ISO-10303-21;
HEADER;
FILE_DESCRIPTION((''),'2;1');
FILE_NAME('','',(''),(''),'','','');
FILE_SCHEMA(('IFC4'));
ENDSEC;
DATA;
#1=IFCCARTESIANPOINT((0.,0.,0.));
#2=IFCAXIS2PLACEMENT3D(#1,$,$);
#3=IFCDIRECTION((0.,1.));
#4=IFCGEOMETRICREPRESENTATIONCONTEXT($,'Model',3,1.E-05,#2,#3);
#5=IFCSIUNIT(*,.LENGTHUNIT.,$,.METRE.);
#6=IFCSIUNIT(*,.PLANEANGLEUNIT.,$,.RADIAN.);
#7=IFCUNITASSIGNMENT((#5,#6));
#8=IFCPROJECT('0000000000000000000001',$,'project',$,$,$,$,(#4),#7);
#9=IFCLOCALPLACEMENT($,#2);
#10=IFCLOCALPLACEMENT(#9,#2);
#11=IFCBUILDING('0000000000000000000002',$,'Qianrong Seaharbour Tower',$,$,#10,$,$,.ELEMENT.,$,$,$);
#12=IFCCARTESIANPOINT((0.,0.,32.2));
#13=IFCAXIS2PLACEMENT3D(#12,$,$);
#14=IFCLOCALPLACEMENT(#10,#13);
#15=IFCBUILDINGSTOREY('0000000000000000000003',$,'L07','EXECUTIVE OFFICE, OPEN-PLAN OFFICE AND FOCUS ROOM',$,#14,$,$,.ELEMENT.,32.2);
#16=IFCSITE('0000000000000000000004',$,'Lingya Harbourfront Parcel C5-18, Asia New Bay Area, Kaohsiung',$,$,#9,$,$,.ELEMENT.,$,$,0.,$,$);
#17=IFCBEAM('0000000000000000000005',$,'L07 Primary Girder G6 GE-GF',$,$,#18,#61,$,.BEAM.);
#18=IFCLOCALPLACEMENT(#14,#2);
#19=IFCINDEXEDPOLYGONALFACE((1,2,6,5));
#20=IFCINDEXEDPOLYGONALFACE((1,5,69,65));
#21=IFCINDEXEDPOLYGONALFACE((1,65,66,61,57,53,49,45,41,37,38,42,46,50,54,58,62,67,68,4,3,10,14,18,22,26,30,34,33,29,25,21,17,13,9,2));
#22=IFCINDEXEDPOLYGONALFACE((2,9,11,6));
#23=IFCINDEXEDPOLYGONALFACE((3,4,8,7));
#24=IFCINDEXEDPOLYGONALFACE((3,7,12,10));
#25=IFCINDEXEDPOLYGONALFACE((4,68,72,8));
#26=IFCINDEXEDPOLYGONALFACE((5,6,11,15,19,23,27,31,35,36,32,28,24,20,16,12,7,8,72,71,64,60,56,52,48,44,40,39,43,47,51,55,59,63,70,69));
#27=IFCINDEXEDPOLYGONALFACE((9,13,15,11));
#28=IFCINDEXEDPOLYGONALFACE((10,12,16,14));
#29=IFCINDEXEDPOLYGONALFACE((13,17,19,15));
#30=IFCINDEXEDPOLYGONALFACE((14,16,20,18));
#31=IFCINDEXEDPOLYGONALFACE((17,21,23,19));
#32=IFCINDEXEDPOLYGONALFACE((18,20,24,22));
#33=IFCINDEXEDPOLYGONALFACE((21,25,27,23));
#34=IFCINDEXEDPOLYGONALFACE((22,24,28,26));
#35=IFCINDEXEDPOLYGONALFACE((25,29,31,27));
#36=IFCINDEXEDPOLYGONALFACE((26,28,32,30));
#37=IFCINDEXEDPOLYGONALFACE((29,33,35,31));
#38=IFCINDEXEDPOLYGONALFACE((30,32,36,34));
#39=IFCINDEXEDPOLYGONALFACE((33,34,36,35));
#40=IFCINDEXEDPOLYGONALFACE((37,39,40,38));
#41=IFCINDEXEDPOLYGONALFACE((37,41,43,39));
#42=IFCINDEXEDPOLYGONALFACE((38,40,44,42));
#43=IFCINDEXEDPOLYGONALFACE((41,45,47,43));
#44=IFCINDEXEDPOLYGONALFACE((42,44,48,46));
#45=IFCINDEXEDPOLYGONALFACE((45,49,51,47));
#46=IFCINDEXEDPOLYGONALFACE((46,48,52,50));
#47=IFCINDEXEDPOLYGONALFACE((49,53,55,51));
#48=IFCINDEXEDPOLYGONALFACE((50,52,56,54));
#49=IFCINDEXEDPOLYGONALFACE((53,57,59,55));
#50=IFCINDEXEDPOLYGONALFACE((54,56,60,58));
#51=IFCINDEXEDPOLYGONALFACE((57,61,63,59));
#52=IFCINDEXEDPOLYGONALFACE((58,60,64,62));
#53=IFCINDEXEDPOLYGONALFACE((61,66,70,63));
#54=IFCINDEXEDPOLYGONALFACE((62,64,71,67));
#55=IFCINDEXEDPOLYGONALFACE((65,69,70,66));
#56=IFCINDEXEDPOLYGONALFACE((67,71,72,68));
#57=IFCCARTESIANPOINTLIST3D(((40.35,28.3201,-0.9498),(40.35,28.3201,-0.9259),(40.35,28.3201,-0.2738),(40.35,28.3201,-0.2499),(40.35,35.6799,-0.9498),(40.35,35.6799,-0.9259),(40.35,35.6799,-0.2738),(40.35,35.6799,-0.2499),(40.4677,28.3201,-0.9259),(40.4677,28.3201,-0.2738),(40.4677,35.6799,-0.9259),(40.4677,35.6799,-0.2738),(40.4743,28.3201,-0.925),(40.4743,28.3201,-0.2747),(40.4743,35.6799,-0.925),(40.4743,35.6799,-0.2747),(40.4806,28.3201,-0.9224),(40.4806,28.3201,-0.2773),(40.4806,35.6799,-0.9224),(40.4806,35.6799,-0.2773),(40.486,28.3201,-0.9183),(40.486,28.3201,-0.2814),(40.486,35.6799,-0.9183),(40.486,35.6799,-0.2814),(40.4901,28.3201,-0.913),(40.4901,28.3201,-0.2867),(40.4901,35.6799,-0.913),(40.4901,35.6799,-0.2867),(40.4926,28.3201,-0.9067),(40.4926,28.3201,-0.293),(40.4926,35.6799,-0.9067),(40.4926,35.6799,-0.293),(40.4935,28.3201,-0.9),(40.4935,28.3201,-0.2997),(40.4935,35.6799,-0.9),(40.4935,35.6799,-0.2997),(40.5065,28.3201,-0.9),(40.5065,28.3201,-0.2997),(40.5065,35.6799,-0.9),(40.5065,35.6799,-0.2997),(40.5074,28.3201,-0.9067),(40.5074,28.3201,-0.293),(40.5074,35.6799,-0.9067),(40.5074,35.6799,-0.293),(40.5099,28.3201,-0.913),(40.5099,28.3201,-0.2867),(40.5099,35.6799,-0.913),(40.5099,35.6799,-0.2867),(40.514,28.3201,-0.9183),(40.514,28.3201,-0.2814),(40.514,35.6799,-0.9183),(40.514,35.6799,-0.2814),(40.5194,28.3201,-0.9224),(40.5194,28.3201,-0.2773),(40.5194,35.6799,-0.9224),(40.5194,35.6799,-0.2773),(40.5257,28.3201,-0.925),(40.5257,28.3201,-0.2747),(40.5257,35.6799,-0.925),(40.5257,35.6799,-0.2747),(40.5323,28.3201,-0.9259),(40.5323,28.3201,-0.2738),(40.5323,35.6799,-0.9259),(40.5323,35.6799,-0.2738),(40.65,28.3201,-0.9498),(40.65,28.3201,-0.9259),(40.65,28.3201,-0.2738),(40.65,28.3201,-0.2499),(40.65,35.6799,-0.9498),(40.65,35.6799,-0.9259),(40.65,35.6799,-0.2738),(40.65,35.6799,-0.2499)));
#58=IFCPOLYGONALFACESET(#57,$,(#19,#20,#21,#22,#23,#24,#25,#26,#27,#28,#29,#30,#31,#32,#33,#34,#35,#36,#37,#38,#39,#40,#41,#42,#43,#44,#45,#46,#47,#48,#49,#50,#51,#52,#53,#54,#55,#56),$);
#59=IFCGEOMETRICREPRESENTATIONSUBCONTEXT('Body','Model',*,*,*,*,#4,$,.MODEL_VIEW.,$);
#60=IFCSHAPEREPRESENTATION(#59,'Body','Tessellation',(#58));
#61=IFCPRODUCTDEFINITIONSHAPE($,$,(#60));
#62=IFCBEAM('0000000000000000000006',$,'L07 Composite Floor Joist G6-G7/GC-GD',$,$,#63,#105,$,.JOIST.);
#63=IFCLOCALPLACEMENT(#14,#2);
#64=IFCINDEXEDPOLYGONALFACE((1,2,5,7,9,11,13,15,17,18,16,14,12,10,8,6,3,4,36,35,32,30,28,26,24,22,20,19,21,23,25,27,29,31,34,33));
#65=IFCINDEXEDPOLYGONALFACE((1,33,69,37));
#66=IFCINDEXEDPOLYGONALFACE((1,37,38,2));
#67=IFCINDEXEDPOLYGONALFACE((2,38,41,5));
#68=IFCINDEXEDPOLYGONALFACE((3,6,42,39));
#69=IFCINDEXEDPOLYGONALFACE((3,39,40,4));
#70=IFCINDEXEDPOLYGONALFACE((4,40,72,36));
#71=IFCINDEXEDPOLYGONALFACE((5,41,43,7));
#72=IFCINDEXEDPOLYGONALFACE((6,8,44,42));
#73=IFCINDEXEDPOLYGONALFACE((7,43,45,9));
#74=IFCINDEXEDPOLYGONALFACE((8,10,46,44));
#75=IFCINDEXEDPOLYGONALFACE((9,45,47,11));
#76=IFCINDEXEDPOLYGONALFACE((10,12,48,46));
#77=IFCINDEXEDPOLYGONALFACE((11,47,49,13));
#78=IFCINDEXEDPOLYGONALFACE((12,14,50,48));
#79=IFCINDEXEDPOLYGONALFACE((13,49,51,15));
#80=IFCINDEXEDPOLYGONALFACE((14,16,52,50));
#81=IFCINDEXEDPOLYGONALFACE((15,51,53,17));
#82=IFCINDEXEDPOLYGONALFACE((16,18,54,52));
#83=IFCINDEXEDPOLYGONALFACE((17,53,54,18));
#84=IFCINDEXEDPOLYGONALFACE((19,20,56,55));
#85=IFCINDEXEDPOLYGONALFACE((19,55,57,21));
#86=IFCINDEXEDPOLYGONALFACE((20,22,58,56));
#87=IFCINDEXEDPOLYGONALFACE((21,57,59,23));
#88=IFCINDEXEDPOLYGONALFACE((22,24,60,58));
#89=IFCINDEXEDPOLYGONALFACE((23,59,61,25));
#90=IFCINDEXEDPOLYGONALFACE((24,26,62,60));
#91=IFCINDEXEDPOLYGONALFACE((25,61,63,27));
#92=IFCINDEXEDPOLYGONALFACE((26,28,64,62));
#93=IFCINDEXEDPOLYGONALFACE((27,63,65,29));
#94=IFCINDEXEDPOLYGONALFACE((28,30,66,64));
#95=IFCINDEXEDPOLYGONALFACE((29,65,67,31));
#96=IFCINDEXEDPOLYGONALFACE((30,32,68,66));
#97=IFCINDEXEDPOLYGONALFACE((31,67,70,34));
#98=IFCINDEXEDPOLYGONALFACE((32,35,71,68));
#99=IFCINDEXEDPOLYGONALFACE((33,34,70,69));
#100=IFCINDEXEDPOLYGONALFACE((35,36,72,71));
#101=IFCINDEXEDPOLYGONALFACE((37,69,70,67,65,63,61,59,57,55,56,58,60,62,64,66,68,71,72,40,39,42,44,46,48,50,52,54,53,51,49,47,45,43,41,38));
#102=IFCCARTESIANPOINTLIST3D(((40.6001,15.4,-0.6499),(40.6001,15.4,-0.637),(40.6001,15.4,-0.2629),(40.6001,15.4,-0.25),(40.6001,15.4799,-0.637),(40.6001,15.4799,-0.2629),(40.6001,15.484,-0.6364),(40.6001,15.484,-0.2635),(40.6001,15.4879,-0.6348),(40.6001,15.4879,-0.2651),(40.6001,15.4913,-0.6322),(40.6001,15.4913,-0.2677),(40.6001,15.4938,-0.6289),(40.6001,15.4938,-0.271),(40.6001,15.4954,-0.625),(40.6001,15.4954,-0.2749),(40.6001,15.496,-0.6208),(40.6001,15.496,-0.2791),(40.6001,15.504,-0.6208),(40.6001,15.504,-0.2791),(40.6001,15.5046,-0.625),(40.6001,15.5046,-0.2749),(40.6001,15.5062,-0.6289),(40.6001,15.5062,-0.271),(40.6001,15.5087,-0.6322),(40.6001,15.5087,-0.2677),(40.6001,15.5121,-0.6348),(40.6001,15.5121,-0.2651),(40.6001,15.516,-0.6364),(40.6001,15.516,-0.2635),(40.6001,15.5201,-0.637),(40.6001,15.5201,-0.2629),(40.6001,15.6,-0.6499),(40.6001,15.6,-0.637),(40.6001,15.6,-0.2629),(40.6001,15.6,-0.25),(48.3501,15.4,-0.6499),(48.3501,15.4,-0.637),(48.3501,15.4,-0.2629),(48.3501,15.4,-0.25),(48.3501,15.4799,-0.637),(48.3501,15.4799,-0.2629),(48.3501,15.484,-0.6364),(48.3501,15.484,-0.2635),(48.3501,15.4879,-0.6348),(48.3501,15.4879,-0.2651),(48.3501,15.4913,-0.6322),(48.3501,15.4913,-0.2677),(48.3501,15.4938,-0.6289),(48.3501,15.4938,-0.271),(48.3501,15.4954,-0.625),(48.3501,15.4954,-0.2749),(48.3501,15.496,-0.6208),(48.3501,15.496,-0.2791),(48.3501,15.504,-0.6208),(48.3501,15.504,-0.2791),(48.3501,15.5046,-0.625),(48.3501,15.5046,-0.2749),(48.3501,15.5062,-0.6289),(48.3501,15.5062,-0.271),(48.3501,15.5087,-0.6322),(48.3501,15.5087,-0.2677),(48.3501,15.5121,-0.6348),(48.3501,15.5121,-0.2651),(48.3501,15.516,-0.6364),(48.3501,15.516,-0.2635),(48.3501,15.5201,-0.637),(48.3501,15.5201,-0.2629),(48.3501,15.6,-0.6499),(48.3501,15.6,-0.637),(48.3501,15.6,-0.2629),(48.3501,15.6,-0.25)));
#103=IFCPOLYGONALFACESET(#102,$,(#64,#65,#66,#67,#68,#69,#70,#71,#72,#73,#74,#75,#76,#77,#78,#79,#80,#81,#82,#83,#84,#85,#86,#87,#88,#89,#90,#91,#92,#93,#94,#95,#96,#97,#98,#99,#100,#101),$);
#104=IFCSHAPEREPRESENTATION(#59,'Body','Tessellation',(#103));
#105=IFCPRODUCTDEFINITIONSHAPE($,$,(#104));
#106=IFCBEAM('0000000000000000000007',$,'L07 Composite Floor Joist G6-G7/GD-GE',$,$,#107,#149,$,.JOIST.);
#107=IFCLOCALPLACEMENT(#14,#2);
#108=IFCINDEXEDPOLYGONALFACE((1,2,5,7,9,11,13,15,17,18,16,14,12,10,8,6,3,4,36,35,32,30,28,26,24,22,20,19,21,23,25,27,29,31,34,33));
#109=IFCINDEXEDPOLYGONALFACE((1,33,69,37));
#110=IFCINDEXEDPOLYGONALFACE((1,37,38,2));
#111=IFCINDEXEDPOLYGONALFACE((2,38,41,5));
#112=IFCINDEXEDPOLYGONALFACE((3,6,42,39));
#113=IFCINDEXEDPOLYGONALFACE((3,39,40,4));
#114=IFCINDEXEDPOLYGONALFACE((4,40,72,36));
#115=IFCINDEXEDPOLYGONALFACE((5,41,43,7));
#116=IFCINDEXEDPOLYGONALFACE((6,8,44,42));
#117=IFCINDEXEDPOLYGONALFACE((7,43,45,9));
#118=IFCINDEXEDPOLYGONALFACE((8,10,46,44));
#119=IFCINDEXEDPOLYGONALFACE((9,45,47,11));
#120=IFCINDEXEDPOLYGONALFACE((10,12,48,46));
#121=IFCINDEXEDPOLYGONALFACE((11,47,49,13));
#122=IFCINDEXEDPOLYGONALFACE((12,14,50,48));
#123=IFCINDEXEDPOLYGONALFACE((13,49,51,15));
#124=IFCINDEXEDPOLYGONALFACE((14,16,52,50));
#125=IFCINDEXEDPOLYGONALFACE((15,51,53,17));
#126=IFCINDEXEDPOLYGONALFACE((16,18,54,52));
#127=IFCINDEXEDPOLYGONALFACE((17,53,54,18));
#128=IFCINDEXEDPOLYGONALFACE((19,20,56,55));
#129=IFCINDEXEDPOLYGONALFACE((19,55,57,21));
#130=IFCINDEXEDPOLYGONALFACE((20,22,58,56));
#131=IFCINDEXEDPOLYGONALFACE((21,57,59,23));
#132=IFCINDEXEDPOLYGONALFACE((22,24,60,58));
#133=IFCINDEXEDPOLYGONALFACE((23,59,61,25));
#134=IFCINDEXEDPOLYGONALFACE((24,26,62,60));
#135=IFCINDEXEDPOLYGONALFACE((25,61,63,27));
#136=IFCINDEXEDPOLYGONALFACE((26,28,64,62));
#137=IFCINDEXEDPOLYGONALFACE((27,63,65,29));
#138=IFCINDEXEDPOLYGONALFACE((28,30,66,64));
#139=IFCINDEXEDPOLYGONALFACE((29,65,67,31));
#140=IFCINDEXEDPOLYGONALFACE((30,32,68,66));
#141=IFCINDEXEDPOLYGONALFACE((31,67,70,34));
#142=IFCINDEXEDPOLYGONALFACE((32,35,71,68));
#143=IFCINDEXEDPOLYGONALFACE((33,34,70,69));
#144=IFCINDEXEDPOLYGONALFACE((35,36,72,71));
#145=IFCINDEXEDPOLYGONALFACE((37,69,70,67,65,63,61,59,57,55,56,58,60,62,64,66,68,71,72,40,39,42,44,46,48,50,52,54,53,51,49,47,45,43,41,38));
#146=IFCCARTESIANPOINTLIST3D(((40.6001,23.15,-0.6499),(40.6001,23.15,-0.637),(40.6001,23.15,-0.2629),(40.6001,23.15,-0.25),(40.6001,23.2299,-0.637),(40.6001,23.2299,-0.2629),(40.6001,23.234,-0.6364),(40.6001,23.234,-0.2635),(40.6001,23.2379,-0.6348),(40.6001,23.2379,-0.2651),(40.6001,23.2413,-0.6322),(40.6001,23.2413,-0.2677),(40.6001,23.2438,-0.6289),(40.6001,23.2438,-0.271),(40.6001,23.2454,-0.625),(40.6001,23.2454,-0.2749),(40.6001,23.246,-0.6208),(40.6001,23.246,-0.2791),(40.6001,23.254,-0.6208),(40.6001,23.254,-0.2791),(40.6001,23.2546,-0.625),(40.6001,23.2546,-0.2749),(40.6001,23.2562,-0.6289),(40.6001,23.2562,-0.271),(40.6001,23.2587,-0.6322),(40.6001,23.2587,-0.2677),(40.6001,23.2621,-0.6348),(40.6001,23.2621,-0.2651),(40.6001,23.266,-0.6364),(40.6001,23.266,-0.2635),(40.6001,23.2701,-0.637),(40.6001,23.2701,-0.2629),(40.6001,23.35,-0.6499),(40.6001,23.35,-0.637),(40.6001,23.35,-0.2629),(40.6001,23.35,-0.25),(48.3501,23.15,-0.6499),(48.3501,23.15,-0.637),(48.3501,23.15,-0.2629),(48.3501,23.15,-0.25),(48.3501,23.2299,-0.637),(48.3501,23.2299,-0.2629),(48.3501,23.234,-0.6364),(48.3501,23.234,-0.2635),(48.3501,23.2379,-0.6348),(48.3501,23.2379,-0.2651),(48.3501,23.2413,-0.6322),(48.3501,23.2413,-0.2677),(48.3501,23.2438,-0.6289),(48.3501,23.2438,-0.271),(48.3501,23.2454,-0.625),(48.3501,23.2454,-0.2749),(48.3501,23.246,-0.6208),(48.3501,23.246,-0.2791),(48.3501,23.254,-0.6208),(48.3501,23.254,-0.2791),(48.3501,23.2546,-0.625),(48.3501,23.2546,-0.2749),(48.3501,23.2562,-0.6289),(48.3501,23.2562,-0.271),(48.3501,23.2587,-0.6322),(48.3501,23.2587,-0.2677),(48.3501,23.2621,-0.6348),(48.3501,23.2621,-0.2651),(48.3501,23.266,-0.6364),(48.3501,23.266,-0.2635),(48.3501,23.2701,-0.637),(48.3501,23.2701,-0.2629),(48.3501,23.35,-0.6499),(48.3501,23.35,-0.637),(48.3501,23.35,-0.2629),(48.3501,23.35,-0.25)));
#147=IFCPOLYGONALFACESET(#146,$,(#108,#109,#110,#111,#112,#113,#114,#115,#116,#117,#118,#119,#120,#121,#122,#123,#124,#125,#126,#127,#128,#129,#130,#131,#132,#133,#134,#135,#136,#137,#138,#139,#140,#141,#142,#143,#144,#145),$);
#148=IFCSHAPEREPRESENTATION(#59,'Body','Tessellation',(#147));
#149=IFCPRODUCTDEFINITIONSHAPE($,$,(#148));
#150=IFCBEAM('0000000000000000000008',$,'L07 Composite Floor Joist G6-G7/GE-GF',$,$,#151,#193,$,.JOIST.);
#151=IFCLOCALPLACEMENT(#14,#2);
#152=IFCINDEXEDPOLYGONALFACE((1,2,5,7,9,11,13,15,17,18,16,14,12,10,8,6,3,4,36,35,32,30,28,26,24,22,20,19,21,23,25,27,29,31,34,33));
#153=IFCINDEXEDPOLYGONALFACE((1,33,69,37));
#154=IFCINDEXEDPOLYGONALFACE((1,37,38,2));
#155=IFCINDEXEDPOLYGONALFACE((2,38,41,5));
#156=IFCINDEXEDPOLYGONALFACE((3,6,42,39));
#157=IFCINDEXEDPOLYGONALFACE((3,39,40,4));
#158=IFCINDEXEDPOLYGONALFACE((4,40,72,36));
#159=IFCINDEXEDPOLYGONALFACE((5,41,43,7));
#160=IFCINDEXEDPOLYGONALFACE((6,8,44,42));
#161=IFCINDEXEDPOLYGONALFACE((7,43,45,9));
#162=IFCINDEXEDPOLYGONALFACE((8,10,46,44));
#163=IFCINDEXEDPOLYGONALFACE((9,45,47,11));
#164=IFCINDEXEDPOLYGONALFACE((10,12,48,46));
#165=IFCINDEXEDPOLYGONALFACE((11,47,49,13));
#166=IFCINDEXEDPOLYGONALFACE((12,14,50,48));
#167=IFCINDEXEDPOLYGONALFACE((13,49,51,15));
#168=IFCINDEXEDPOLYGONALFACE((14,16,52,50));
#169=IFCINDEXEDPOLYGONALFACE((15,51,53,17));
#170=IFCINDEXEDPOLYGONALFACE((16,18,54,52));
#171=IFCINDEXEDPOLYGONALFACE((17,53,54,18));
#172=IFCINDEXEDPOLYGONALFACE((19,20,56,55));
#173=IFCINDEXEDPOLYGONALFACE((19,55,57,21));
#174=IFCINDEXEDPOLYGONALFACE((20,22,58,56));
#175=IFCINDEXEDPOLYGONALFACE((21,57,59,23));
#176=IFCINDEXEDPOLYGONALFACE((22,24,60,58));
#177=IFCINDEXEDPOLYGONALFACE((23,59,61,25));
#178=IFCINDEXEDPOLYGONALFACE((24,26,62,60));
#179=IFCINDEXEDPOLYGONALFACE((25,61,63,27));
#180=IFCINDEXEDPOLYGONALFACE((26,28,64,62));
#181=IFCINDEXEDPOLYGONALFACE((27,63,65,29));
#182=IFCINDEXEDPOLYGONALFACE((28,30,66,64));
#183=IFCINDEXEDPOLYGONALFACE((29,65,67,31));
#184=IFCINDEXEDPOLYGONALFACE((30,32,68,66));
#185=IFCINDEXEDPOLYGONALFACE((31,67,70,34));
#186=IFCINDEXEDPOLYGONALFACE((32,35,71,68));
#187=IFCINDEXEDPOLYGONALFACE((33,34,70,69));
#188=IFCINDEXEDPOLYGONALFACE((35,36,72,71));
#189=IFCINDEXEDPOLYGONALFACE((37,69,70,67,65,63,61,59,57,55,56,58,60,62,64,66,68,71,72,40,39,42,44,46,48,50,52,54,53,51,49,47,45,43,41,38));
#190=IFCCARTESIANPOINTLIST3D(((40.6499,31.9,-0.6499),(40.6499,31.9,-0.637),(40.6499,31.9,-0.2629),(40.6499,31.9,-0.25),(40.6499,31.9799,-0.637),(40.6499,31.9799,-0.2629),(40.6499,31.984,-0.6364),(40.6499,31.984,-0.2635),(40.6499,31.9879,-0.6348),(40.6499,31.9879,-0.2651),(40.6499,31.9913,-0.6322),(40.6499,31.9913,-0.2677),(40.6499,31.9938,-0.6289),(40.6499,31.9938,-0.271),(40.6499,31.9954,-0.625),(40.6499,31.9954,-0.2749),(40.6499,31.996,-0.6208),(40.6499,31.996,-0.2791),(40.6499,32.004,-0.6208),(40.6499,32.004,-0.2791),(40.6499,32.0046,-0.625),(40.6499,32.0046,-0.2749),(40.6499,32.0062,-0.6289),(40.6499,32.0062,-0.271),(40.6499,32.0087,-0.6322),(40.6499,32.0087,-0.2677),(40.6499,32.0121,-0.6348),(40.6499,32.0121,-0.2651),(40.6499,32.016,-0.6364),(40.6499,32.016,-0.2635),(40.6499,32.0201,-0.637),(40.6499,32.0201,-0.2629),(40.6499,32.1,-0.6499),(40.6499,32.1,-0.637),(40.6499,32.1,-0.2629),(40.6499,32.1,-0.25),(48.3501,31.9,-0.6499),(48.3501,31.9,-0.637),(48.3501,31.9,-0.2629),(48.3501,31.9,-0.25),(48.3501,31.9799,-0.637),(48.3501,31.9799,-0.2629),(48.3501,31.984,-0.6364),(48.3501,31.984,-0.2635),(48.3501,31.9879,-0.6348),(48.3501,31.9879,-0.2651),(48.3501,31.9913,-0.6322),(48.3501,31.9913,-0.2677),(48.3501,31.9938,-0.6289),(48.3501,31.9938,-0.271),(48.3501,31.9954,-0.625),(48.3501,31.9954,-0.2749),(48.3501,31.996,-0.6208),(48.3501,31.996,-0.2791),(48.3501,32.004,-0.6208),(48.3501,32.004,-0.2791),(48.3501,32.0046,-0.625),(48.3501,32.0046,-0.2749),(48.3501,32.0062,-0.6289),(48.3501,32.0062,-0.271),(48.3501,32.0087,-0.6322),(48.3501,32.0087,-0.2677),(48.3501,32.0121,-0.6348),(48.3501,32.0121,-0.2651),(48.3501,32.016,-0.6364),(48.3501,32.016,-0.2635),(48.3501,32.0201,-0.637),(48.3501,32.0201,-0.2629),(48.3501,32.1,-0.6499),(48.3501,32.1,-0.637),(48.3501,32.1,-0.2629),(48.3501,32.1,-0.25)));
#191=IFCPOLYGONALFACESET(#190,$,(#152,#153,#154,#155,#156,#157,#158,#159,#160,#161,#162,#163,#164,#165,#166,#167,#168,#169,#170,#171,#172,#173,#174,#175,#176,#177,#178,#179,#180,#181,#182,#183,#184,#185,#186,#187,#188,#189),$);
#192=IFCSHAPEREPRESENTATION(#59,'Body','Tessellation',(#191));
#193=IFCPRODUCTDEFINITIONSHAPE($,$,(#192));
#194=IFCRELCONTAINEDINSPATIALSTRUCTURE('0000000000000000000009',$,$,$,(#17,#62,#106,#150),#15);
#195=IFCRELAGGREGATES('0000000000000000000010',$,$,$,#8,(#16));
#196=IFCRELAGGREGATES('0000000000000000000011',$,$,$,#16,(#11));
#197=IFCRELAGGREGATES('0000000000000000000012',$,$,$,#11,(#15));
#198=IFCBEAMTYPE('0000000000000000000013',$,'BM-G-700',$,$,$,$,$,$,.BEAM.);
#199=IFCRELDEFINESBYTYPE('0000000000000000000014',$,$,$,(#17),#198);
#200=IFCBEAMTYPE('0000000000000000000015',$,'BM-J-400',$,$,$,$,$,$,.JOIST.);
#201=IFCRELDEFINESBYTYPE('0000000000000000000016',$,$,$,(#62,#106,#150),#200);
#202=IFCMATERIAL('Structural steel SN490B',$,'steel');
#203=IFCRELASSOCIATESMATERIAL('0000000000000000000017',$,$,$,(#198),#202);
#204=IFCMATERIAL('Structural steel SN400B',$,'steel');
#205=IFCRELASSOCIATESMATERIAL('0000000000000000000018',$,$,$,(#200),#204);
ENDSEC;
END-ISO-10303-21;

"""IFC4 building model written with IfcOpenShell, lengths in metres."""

from ifc_helpers import new_model, si_unit, direction, frame, origin, origin_2d, place, context, subcontext, project, spatial, i_section, extrude, material, material_profile, profile_set, type_object, element, save


model = new_model("IFC4")

# Units and contexts
model_context = context("Model", 3, precision=1e-05, world=origin(), true_north=direction((0.0, 1.0)))
body_context = subcontext(model_context, "Body", "Model", "MODEL_VIEW")
ifc_project = project(units=[si_unit("LENGTHUNIT", "METRE"), si_unit("PLANEANGLEUNIT", "RADIAN")], contexts=[model_context])

# Site, building, storey
site_placement = place(None, origin())
site = spatial("IfcSite", under=ifc_project, at=site_placement, Name="Lingya Harbourfront Parcel C5-18, Asia New Bay Area, Kaohsiung", CompositionType="ELEMENT", RefElevation=0.0)
building_placement = place(site_placement, origin())
building = spatial("IfcBuilding", under=site, at=building_placement, Name="Qianrong Seaharbour Tower", CompositionType="ELEMENT")
storey_placement = place(building_placement, frame((0.0, 0.0, 32.2)))
storey = spatial("IfcBuildingStorey", under=building, at=storey_placement, Name="L07", Description="EXECUTIVE OFFICE, OPEN-PLAN OFFICE AND FOCUS ROOM", CompositionType="ELEMENT", Elevation=32.2)

# Shared definitions
ifc_material_1 = material(Name="Structural steel SN490B", Category="steel")

# Beams
ifc_material_profile_1 = material_profile(ifc_material_1, i_section(OverallWidth=0.3, OverallDepth=0.7, WebThickness=0.0129, FlangeThickness=0.0239, FilletRadius=0.0259, at=origin_2d()), Name="H700x300x13x24")
ifc_profile_set_1 = profile_set([ifc_material_profile_1], Name="Structural steel SN490B")
beam_type_1 = type_object("IfcBeamType", Name="BM-G-700", PredefinedType="BEAM", material=ifc_profile_set_1)
beam_1_placement = place(storey_placement, frame((40.5, 28.3201, -0.5999), z_axis=(0.0, 1.0, 0.0), x_axis=(-1.0, 0.0, 0.0)))
element("IfcBeam", 1, at=beam_1_placement, inside=storey, type_object=beam_type_1, Name="L07 Primary Girder G6 GE-GF", PredefinedType="BEAM", context=body_context, shape_type="SweptSolid", body=[
    extrude(i_section(OverallWidth=0.3, OverallDepth=0.7, WebThickness=0.0129, FlangeThickness=0.0239, FilletRadius=0.0259, at=origin_2d()), origin(), (0.0, 0.0, 1.0), 7.3599),
])
ifc_material_2 = material(Name="Structural steel SN400B", Category="steel")
ifc_material_profile_2 = material_profile(ifc_material_2, i_section(OverallWidth=0.2, OverallDepth=0.3999, WebThickness=0.0081, FlangeThickness=0.0129, FilletRadius=0.0161, at=origin_2d()), Name="H400x200x8x13")
ifc_profile_set_2 = profile_set([ifc_material_profile_2], Name="Structural steel SN400B")
beam_type_2 = type_object("IfcBeamType", Name="BM-J-400", PredefinedType="JOIST", material=ifc_profile_set_2)
for number, where, z_axis, x_axis, name in (
    (2, (40.6001, 15.5, -0.45), (1.0, 0.0, 0.0), (0.0, 1.0, 0.0), "L07 Composite Floor Joist G6-G7/GC-GD"),
    (3, (40.6001, 23.25, -0.45), (1.0, 0.0, 0.0), (0.0, 1.0, 0.0), "L07 Composite Floor Joist G6-G7/GD-GE"),
):
    element("IfcBeam", number, at=place(storey_placement, frame(where, z_axis=z_axis, x_axis=x_axis)), inside=storey, type_object=beam_type_2, Name=name, PredefinedType="JOIST", context=body_context, shape_type="SweptSolid", body=[
        extrude(i_section(OverallWidth=0.2, OverallDepth=0.3999, WebThickness=0.0081, FlangeThickness=0.0129, FilletRadius=0.0161, at=origin_2d()), origin(), (0.0, 0.0, 1.0), 7.75),
    ])
beam_2_placement = place(storey_placement, frame((40.6499, 32.0, -0.45), z_axis=(1.0, 0.0, 0.0), x_axis=(0.0, 1.0, 0.0)))
element("IfcBeam", 4, at=beam_2_placement, inside=storey, type_object=beam_type_2, Name="L07 Composite Floor Joist G6-G7/GE-GF", PredefinedType="JOIST", context=body_context, shape_type="SweptSolid", body=[
    extrude(i_section(OverallWidth=0.2, OverallDepth=0.3999, WebThickness=0.0081, FlangeThickness=0.0129, FilletRadius=0.0161, at=origin_2d()), origin(), (0.0, 0.0, 1.0), 7.7002),
])

save(model, "model.ifc")
